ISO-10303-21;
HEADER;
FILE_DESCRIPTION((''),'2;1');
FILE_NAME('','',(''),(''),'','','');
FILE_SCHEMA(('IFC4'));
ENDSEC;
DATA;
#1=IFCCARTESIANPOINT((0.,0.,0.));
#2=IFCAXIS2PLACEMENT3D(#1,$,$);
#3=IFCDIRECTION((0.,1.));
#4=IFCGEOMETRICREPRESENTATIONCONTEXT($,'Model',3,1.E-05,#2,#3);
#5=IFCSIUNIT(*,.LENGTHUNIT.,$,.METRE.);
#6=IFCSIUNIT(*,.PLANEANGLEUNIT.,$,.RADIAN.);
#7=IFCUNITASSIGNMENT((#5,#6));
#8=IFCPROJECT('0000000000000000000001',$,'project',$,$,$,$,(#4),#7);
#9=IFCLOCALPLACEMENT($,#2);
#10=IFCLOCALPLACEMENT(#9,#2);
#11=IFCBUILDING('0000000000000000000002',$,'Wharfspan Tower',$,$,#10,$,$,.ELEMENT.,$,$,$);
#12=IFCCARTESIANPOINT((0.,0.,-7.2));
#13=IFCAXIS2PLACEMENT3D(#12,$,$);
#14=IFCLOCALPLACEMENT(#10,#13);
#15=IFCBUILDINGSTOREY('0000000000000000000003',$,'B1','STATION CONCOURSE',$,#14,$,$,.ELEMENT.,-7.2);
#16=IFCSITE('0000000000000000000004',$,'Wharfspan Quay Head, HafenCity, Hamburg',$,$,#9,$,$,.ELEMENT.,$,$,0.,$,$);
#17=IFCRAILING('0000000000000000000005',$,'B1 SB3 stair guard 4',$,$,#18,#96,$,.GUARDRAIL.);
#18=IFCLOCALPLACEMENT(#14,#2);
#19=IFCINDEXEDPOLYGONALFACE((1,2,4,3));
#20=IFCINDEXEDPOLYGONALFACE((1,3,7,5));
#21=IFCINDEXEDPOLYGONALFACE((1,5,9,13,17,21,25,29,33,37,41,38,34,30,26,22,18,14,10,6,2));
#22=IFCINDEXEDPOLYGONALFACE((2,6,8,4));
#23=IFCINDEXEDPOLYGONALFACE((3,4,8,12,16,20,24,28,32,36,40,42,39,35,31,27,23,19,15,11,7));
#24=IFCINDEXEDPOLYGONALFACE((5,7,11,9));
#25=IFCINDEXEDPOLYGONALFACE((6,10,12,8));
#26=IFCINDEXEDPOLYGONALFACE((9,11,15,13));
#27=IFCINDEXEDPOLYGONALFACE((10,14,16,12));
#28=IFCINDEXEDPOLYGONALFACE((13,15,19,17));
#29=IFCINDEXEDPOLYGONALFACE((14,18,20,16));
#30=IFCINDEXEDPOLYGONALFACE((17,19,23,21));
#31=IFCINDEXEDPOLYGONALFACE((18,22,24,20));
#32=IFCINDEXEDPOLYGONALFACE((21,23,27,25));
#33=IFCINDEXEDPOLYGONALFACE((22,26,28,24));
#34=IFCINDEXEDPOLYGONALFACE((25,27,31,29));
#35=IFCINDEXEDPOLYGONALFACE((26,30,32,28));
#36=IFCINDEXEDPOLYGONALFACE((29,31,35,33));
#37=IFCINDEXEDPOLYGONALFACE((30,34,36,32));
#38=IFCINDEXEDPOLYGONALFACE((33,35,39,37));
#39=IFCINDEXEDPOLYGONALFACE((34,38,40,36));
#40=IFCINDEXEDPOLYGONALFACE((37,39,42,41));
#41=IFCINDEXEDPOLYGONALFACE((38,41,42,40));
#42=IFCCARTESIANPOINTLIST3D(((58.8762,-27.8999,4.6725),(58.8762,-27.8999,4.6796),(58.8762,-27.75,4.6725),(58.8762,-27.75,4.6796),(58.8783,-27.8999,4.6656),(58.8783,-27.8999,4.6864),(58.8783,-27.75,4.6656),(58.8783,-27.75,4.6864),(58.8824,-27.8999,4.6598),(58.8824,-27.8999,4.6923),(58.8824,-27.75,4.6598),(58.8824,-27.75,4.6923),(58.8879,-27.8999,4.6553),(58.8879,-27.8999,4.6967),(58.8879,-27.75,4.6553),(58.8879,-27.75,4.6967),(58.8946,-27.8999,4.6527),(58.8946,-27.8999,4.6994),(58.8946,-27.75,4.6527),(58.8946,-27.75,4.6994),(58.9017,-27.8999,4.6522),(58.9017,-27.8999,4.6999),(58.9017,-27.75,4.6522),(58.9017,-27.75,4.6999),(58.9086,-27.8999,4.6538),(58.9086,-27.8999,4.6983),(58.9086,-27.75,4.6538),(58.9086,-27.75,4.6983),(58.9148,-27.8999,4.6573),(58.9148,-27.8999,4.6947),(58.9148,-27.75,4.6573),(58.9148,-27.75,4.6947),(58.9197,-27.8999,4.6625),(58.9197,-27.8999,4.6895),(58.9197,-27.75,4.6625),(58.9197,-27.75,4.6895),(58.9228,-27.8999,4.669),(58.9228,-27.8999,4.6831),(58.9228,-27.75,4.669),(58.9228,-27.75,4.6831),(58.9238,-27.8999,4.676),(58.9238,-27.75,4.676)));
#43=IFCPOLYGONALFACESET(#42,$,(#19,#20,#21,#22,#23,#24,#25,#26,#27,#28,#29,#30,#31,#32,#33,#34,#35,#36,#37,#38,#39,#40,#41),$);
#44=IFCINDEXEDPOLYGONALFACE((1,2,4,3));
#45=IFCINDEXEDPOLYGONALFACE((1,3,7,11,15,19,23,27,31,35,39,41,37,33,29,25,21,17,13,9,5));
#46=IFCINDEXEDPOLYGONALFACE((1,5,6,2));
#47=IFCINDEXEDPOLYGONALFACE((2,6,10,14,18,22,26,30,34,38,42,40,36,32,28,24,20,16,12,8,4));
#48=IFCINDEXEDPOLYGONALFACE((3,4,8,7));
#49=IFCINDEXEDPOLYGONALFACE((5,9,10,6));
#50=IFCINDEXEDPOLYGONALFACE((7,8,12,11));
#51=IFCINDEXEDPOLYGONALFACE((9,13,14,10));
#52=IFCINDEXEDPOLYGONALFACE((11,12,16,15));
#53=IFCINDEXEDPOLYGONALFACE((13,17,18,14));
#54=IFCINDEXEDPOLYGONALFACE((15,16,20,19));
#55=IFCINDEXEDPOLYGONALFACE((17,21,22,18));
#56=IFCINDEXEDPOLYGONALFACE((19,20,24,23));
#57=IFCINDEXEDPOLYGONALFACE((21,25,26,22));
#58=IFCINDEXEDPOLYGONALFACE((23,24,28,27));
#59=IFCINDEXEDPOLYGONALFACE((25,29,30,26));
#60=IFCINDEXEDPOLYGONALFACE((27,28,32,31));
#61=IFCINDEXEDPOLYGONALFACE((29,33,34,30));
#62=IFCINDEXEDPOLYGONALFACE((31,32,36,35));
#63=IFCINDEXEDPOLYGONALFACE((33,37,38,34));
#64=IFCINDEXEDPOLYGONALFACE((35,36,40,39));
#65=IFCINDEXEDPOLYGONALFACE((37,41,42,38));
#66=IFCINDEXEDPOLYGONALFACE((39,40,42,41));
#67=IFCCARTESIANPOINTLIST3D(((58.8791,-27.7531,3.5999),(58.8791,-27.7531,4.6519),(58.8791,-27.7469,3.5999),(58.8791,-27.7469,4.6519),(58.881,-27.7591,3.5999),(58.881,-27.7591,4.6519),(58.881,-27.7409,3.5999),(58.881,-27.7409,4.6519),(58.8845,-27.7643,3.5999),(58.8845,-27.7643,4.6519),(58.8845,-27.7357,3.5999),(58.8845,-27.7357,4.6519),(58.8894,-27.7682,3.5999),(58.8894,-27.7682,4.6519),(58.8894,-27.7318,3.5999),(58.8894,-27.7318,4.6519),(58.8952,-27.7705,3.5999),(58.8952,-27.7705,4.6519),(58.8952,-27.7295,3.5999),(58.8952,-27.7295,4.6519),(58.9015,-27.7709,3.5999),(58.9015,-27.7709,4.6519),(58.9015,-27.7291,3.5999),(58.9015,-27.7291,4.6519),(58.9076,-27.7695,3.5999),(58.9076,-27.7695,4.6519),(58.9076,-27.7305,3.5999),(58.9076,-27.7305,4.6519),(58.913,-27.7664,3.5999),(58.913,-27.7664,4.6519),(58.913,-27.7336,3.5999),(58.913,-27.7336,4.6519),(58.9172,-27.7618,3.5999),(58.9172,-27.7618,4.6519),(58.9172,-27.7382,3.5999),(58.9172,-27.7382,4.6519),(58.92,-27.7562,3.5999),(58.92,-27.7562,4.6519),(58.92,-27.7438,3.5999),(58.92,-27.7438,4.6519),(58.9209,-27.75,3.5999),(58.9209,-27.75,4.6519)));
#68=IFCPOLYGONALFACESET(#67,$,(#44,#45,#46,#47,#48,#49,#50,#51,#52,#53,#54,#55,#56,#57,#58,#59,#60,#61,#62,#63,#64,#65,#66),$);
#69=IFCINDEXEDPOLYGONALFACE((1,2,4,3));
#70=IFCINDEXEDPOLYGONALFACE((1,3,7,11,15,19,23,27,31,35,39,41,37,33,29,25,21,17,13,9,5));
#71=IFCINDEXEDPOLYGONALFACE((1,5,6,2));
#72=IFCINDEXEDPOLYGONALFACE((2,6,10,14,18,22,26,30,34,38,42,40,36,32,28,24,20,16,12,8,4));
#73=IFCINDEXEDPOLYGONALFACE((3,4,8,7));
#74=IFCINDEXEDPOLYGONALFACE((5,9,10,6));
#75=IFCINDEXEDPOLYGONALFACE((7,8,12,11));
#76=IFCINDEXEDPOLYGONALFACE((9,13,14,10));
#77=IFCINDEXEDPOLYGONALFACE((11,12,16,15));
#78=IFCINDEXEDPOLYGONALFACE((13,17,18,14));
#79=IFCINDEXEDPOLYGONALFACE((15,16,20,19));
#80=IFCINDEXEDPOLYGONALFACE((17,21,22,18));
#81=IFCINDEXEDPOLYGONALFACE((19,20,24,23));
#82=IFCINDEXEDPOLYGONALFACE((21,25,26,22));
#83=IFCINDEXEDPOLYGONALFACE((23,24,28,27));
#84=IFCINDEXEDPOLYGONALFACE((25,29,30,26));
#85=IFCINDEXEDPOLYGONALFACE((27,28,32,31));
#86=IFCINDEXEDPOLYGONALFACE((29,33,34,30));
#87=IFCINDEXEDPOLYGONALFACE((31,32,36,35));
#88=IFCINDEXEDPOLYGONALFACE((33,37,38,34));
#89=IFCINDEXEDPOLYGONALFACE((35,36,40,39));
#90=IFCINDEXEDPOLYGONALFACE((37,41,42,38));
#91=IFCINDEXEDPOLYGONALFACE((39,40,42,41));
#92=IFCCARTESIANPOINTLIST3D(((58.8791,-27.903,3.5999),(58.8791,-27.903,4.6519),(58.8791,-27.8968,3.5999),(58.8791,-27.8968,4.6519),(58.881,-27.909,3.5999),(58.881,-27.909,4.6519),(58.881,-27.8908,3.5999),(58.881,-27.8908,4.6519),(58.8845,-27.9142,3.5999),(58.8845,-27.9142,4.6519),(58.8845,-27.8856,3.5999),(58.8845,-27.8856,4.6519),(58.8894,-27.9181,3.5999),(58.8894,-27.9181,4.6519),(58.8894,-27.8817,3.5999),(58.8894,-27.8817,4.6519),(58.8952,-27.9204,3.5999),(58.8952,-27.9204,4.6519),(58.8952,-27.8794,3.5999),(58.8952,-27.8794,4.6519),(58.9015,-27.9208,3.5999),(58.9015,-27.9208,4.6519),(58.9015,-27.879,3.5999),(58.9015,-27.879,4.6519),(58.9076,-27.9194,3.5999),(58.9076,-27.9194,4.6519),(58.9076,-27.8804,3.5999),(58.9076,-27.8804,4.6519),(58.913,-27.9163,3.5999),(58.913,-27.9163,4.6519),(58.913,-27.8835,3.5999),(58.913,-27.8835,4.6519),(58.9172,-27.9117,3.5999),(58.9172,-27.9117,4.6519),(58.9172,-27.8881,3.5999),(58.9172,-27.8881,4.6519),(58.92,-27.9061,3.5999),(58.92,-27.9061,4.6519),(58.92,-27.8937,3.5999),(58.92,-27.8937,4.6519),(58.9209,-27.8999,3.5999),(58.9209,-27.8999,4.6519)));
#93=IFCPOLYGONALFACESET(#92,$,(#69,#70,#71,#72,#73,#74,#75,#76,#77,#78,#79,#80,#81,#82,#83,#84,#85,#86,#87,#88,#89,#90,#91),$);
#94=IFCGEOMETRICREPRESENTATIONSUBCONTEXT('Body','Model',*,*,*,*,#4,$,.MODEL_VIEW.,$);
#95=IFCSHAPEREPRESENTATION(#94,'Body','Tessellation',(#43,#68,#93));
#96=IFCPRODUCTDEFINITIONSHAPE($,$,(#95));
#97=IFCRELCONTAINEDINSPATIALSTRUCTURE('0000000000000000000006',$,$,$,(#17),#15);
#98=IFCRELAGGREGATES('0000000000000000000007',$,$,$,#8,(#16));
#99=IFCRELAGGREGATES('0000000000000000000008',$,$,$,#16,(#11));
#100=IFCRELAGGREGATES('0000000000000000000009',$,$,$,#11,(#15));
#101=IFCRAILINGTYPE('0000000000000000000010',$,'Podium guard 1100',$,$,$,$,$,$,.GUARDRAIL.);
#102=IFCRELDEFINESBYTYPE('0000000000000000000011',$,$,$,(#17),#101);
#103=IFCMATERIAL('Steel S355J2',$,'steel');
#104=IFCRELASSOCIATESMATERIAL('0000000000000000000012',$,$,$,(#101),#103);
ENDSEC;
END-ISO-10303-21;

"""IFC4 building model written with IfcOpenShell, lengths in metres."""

from ifc_helpers import new_model, si_unit, direction, frame, origin, origin_2d, place, context, subcontext, project, spatial, circle, extrude, material, type_object, element, save


model = new_model("IFC4")

# Units and contexts
model_context = context("Model", 3, precision=1e-05, world=origin(), true_north=direction((0.0, 1.0)))
body_context = subcontext(model_context, "Body", "Model", "MODEL_VIEW")
ifc_project = project(units=[si_unit("LENGTHUNIT", "METRE"), si_unit("PLANEANGLEUNIT", "RADIAN")], contexts=[model_context])

# Site, building, storey
site_placement = place(None, origin())
site = spatial("IfcSite", under=ifc_project, at=site_placement, Name="Wharfspan Quay Head, HafenCity, Hamburg", CompositionType="ELEMENT", RefElevation=0.0)
building_placement = place(site_placement, origin())
building = spatial("IfcBuilding", under=site, at=building_placement, Name="Wharfspan Tower", CompositionType="ELEMENT")
storey_placement = place(building_placement, frame((0.0, 0.0, -7.2)))
storey = spatial("IfcBuildingStorey", under=building, at=storey_placement, Name="B1", Description="STATION CONCOURSE", CompositionType="ELEMENT", Elevation=-7.2)

# Railing
ifc_material_1 = material(Name="Steel S355J2", Category="steel")
railing_type_1 = type_object("IfcRailingType", Name="Podium guard 1100", PredefinedType="GUARDRAIL", material=ifc_material_1)
railing_1_placement = place(storey_placement, frame((58.8999, -27.75, 3.5999)))
element("IfcRailing", 1, at=railing_1_placement, inside=storey, type_object=railing_type_1, Name="B1 SB3 stair guard 4", PredefinedType="GUARDRAIL", context=body_context, shape_type="SweptSolid", body=[
    extrude(circle(Radius=0.0239, at=origin_2d()), frame((0.0, 0.0, 1.0762), z_axis=(0.0, -1.0, 0.0), x_axis=(1.0, 0.0, 0.0)), (0.0, 0.0, 1.0), 0.1499),
    extrude(circle(Radius=0.021, at=origin_2d()), origin(), (0.0, 0.0, 1.0), 1.052),
    extrude(circle(Radius=0.021, at=origin_2d()), frame((0.0, -0.1499, 0.0)), (0.0, 0.0, 1.0), 1.052),
])

save(model, "model.ifc")
